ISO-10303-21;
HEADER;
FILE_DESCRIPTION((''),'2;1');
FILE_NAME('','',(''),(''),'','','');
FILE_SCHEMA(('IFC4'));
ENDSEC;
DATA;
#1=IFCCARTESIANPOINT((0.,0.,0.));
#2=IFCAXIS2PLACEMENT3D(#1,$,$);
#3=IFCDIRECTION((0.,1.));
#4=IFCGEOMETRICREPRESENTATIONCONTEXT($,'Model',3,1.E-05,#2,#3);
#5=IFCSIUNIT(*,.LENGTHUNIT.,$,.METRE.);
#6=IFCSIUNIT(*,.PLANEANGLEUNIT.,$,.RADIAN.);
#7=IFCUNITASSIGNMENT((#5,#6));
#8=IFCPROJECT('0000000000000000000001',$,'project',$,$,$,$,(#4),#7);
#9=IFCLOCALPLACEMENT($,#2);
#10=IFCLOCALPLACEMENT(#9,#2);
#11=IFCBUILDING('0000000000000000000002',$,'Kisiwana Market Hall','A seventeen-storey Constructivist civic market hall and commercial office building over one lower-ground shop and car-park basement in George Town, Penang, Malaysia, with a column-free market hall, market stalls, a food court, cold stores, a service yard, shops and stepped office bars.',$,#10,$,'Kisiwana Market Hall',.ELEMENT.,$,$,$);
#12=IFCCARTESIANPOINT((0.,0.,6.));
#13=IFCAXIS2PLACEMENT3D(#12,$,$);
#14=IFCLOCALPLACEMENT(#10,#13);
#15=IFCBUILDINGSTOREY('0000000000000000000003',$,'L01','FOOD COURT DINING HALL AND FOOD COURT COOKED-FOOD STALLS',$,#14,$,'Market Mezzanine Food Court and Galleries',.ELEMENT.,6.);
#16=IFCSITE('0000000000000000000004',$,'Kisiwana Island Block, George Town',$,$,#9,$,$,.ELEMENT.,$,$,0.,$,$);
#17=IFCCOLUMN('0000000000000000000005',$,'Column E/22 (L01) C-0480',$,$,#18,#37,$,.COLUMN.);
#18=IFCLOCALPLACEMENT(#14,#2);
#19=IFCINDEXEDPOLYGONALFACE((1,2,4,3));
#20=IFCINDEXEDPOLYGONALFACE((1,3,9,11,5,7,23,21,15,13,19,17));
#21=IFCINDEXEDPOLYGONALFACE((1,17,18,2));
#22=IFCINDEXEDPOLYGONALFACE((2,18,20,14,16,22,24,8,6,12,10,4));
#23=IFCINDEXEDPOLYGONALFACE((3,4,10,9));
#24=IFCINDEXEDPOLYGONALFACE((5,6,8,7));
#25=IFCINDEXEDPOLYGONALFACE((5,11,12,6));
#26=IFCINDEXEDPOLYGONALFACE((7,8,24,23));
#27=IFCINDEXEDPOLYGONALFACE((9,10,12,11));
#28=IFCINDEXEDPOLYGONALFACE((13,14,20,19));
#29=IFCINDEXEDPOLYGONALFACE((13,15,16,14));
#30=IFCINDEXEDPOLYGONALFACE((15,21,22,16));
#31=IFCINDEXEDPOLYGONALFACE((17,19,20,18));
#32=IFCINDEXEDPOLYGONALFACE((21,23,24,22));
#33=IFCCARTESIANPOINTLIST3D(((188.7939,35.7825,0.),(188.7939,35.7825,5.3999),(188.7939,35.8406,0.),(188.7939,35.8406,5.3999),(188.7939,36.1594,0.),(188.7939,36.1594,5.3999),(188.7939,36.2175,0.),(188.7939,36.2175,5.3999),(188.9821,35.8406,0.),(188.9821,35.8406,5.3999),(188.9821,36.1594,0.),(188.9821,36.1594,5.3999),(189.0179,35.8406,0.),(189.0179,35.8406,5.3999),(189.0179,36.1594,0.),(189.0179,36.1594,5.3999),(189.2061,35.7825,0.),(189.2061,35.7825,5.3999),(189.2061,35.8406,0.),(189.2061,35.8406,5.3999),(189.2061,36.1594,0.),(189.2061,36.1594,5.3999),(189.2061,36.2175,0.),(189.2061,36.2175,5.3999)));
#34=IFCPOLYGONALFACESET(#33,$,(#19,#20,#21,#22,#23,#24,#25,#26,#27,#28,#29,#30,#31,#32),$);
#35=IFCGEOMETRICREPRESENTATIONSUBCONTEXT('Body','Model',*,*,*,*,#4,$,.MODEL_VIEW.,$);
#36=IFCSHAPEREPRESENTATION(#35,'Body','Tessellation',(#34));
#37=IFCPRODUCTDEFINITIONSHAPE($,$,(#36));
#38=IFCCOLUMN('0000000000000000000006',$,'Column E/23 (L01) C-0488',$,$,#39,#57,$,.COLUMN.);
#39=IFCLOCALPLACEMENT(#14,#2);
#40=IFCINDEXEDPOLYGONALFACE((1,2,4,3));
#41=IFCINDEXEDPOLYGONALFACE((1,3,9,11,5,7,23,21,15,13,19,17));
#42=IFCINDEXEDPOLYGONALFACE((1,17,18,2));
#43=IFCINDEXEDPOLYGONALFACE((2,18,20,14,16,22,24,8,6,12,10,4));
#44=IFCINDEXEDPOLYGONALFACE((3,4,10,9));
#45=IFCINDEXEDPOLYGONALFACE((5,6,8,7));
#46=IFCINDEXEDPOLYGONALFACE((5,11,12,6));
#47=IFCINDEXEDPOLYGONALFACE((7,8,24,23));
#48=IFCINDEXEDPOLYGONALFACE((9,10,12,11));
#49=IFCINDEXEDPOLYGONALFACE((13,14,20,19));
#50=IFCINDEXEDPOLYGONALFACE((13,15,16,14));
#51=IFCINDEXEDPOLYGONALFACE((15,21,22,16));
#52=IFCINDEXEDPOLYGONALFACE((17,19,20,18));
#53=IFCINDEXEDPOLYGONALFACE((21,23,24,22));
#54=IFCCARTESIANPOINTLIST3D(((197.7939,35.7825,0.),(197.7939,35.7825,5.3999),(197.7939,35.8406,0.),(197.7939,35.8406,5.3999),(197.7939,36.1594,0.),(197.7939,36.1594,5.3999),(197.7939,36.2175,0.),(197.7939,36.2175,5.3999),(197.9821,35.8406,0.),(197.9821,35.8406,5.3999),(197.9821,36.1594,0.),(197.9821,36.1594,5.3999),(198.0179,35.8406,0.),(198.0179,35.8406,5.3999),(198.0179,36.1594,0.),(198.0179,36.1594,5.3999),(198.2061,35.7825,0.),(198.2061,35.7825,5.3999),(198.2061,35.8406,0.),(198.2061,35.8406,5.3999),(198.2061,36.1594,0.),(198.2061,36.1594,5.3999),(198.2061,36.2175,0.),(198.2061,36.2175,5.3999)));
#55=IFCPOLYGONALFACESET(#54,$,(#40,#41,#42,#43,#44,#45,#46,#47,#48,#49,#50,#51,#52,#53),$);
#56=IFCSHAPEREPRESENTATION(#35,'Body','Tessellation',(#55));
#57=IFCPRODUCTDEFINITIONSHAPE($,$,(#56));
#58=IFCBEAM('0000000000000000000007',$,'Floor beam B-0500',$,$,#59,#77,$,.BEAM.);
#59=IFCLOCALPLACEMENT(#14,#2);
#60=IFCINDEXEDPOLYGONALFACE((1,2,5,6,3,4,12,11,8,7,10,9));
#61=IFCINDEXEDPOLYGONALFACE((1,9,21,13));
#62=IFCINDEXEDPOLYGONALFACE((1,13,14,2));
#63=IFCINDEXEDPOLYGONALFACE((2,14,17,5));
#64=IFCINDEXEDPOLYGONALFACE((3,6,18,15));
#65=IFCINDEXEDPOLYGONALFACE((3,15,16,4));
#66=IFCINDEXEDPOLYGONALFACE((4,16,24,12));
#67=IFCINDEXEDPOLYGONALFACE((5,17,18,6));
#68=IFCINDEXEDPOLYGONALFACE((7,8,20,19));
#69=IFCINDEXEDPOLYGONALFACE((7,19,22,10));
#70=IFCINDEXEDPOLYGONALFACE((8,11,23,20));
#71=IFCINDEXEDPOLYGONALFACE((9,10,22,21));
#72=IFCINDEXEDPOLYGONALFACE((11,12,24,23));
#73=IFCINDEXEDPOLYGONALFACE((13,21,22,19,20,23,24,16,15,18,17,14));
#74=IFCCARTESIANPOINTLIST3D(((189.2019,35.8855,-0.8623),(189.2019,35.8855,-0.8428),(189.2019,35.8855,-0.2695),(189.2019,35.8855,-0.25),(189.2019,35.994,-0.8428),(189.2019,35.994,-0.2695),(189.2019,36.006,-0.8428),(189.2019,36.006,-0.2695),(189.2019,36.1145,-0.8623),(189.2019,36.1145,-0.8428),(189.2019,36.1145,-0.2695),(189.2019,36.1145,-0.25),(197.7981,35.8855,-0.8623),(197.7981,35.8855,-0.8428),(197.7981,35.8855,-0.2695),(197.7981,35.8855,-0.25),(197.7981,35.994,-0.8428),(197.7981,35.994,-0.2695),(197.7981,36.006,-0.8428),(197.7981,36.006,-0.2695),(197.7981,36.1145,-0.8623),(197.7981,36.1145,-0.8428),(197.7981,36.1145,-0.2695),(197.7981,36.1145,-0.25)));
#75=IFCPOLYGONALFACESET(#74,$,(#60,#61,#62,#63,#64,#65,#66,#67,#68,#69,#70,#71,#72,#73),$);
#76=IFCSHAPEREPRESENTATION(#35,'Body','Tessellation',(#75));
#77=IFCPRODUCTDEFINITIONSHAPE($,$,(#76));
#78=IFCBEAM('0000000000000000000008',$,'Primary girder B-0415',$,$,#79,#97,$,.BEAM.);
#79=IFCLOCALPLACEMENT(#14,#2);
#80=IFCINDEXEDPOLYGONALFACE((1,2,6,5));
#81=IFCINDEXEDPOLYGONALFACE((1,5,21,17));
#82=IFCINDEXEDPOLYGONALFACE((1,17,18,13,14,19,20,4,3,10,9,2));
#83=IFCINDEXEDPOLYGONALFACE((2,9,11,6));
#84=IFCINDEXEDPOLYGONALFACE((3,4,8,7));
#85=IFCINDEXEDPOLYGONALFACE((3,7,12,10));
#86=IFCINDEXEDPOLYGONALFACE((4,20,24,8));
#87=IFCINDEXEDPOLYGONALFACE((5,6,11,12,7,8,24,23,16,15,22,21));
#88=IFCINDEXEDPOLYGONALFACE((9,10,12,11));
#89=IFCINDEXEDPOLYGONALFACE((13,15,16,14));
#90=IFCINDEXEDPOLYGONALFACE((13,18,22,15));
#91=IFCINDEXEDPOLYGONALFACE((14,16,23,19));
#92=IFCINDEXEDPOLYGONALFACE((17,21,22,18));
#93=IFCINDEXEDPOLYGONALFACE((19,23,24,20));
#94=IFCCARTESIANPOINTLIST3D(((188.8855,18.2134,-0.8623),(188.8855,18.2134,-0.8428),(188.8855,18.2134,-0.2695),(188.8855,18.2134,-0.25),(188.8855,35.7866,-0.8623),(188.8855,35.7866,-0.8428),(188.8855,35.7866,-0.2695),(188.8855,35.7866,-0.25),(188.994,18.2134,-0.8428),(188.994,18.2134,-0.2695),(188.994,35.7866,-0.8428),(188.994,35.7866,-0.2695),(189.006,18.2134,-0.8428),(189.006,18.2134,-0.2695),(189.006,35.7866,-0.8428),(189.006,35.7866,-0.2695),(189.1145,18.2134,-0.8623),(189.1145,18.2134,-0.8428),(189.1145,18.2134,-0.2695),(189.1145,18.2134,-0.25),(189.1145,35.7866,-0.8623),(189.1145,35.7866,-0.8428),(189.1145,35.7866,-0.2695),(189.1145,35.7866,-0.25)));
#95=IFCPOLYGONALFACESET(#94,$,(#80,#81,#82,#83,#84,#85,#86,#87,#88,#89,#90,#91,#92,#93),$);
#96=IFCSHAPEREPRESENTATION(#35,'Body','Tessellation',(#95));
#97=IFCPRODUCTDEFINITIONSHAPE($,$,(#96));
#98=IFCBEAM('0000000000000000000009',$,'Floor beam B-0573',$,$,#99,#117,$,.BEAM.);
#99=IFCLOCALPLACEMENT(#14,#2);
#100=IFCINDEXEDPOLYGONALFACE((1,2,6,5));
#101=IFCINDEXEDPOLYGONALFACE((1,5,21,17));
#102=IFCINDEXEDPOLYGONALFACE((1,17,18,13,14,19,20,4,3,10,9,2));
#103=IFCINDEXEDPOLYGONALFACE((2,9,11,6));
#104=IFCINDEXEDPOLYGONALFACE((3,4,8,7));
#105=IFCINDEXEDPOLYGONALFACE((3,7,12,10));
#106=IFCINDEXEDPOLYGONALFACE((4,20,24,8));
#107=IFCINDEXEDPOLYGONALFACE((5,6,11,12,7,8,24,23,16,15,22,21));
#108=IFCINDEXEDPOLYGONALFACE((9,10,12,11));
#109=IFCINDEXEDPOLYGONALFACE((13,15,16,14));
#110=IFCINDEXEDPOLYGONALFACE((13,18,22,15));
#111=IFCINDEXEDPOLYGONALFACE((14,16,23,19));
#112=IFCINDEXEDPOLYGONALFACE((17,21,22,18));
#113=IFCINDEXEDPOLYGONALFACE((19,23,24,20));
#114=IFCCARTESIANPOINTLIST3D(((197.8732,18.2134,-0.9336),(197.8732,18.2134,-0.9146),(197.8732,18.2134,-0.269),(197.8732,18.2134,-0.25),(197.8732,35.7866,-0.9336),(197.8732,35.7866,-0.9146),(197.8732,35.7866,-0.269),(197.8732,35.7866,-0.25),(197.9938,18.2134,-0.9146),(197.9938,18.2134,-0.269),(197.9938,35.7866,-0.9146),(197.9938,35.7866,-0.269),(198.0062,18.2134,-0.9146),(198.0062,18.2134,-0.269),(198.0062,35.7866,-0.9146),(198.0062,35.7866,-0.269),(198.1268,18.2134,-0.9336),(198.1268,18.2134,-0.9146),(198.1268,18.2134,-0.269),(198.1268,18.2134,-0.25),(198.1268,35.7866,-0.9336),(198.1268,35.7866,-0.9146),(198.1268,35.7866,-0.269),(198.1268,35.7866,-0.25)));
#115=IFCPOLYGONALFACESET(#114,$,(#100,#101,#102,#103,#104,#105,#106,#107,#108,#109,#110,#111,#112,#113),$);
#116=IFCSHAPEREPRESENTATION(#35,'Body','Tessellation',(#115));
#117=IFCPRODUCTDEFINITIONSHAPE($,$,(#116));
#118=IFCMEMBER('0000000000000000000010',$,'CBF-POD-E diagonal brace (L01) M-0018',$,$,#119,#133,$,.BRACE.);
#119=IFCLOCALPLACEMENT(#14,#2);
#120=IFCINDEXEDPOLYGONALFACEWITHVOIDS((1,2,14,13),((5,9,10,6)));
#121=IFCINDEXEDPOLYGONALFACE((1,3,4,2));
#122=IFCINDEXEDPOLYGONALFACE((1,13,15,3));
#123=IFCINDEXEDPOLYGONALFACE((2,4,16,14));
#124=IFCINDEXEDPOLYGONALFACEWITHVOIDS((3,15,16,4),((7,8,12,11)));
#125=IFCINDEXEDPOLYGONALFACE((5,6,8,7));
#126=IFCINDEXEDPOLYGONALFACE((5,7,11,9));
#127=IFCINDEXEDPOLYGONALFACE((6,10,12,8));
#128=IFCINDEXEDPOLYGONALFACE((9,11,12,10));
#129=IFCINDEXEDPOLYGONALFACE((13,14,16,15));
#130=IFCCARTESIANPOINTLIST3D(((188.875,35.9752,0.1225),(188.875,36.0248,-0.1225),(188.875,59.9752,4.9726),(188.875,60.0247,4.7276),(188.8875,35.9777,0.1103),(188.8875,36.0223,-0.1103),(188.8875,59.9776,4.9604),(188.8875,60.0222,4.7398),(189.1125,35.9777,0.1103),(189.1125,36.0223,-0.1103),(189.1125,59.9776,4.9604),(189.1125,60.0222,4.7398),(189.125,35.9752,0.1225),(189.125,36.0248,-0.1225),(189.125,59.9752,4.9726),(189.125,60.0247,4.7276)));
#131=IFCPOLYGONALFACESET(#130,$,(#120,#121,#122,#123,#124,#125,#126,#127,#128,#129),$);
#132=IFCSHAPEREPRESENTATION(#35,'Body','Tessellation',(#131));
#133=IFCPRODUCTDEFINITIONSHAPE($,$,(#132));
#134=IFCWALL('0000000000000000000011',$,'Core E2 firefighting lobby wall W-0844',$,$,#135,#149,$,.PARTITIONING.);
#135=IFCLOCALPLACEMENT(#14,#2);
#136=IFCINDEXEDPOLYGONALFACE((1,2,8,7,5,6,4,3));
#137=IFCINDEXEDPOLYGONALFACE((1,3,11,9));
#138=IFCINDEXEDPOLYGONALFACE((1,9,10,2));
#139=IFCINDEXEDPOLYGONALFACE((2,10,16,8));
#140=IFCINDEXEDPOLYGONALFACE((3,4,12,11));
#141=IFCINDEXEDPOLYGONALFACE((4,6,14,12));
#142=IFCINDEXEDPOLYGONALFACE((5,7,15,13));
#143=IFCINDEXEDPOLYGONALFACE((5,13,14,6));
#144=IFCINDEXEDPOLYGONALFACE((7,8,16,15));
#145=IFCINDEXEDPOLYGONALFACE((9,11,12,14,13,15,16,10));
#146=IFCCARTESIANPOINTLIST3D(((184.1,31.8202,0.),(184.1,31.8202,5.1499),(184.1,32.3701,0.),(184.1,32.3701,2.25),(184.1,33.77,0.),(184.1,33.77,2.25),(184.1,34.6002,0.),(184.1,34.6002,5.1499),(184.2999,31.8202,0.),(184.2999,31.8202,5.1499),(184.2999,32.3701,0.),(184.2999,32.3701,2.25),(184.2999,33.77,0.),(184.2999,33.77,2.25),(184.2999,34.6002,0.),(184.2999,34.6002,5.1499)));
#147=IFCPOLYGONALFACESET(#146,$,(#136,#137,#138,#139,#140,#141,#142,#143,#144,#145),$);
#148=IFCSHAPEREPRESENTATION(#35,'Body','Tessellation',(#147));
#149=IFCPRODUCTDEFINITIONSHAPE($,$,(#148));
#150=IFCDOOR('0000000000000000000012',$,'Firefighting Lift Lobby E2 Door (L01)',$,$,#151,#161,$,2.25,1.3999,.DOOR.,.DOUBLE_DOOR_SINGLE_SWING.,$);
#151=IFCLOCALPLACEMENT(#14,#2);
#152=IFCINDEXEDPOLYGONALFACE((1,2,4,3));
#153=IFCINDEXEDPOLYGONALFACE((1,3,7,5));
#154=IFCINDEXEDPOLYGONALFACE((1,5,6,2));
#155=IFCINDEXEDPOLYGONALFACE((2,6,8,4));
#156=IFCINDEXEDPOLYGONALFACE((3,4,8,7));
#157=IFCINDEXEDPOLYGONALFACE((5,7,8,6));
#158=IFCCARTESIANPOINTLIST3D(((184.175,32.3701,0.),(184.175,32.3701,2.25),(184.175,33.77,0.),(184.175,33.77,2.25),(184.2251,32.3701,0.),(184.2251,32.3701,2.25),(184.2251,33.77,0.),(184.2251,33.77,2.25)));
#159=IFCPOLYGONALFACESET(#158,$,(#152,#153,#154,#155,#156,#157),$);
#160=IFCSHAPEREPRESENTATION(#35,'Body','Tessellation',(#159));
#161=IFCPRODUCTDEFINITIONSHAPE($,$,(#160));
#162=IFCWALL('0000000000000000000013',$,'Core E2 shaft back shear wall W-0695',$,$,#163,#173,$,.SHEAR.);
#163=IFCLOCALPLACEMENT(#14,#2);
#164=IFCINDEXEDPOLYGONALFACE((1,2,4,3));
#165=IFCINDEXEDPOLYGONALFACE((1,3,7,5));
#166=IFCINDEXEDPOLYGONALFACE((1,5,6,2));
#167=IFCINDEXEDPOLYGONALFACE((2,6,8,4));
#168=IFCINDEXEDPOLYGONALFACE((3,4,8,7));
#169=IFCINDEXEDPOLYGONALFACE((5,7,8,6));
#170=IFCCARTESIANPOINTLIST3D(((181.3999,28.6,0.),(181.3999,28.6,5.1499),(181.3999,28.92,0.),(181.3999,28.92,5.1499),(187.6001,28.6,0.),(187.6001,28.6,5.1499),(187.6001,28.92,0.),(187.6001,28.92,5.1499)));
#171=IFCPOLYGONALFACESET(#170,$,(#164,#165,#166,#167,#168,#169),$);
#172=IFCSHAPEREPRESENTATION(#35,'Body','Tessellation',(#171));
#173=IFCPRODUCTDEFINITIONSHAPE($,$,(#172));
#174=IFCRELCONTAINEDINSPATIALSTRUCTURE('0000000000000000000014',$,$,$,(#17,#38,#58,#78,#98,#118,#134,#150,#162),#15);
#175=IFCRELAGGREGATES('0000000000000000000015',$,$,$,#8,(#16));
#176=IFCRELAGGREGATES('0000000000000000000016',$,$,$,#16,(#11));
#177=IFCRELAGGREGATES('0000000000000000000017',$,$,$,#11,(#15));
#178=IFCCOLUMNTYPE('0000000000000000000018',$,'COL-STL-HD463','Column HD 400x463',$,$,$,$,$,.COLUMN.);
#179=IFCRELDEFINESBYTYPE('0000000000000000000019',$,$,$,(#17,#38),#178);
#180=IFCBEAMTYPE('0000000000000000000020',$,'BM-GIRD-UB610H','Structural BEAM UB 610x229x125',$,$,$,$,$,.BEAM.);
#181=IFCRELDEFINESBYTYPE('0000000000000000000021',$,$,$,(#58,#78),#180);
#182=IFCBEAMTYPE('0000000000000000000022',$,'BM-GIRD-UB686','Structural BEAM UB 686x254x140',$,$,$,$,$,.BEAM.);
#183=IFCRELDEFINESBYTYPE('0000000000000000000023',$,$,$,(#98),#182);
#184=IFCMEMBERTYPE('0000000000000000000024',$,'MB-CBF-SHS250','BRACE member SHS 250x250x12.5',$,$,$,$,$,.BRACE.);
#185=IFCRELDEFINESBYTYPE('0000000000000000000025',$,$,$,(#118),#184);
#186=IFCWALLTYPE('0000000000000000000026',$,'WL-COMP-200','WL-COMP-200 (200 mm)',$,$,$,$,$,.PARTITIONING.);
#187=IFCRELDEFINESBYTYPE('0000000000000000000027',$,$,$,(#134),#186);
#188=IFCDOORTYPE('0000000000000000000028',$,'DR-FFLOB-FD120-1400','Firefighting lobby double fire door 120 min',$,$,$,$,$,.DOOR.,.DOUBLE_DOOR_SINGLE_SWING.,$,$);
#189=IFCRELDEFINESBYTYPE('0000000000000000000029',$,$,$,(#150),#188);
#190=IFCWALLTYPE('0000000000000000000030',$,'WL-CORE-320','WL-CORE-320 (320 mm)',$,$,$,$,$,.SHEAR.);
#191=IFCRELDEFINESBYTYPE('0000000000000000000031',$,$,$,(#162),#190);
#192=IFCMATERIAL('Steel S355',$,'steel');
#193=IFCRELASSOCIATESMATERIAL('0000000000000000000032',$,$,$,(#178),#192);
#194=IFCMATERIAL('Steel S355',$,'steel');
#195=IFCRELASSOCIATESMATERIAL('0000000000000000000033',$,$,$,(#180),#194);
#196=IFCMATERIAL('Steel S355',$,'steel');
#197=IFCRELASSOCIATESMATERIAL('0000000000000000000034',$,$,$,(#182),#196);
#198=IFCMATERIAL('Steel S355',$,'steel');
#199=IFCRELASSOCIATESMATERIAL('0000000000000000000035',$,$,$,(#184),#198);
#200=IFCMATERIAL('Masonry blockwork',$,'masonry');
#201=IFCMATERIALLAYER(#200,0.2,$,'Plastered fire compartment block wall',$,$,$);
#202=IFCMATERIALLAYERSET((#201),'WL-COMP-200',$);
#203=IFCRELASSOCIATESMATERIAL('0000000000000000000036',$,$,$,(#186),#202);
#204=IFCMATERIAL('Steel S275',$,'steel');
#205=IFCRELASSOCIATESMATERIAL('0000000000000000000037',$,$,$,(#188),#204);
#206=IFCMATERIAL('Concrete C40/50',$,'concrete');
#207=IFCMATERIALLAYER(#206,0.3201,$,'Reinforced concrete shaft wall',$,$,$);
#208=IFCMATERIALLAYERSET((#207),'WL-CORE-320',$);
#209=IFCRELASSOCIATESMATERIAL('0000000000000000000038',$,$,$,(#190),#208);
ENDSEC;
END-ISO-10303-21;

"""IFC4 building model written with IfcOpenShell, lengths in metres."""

from ifc_helpers import new_model, si_unit, direction, frame, frame_2d, origin, origin_2d, place, context, subcontext, project, spatial, rectangle, hollow_rectangle, i_section, extrude, material, layer, layer_set, material_profile, profile_set, type_object, element, fill, save


model = new_model("IFC4")

# Units and contexts
model_context = context("Model", 3, precision=1e-05, world=origin(), true_north=direction((0.0, 1.0)))
body_context = subcontext(model_context, "Body", "Model", "MODEL_VIEW")
ifc_project = project(units=[si_unit("LENGTHUNIT", "METRE"), si_unit("PLANEANGLEUNIT", "RADIAN")], contexts=[model_context])

# Site, building, storey
site_placement = place(None, origin())
site = spatial("IfcSite", under=ifc_project, at=site_placement, Name="Kisiwana Island Block, George Town", CompositionType="ELEMENT", RefElevation=0.0)
building_placement = place(site_placement, origin())
building = spatial("IfcBuilding", under=site, at=building_placement, Name="Kisiwana Market Hall", Description="A seventeen-storey Constructivist civic market hall and commercial office building over one lower-ground shop and car-park basement in George Town, Penang, Malaysia, with a column-free market hall, market stalls, a food court, cold stores, a service yard, shops and stepped office bars.", LongName="Kisiwana Market Hall", CompositionType="ELEMENT")
storey_placement = place(building_placement, frame((0.0, 0.0, 6.0)))
storey = spatial("IfcBuildingStorey", under=building, at=storey_placement, Name="L01", Description="FOOD COURT DINING HALL AND FOOD COURT COOKED-FOOD STALLS", LongName="Market Mezzanine Food Court and Galleries", CompositionType="ELEMENT", Elevation=6.0)

# Columns
ifc_material_1 = material(Name="Steel S355", Category="steel")
ifc_material_profile_1 = material_profile(ifc_material_1, i_section(OverallWidth=0.4121, OverallDepth=0.4351, WebThickness=0.0359, FlangeThickness=0.0581, at=origin_2d()), Name="HD 400x463")
ifc_profile_set_1 = profile_set([ifc_material_profile_1], Name="Steel S355")
column_type = type_object("IfcColumnType", Name="COL-STL-HD463", Description="Column HD 400x463", PredefinedType="COLUMN", material=ifc_profile_set_1)
for number, where, z_axis, x_axis, name in (
    (1, (189.0, 36.0, 0.0), (0.0, 0.0, 1.0), (1.0, 0.0, 0.0), "Column E/22 (L01) C-0480"),
    (2, (198.0, 36.0, 0.0), (0.0, 0.0, 1.0), (1.0, 0.0, 0.0), "Column E/23 (L01) C-0488"),
):
    element("IfcColumn", number, at=place(storey_placement, frame(where, z_axis=z_axis, x_axis=x_axis)), inside=storey, type_object=column_type, Name=name, PredefinedType="COLUMN", context=body_context, shape_type="SweptSolid", body=[
        extrude(i_section(OverallWidth=0.4121, OverallDepth=0.4351, WebThickness=0.0359, FlangeThickness=0.0581, at=origin_2d()), origin(), (0.0, 0.0, 1.0), 5.3999),
    ])

# Beams
ifc_material_2 = material(Name="Steel S355", Category="steel")
ifc_material_profile_2 = material_profile(ifc_material_2, i_section(OverallWidth=0.229, OverallDepth=0.6123, WebThickness=0.012, FlangeThickness=0.0195, at=origin_2d()), Name="UB 610x229x125")
ifc_profile_set_2 = profile_set([ifc_material_profile_2], Name="Steel S355")
beam_type_1 = type_object("IfcBeamType", Name="BM-GIRD-UB610H", Description="Structural BEAM UB 610x229x125", PredefinedType="BEAM", material=ifc_profile_set_2)
beam_1_placement = place(storey_placement, frame((189.2019, 36.0, -0.5562), z_axis=(1.0, 0.0, 0.0), x_axis=(0.0, 1.0, 0.0)))
element("IfcBeam", 3, at=beam_1_placement, inside=storey, type_object=beam_type_1, Name="Floor beam B-0500", PredefinedType="BEAM", context=body_context, shape_type="SweptSolid", body=[
    extrude(i_section(OverallWidth=0.229, OverallDepth=0.6123, WebThickness=0.012, FlangeThickness=0.0195, at=origin_2d()), origin(), (0.0, 0.0, 1.0), 8.5962),
])
beam_2_placement = place(storey_placement, frame((189.0, 18.2134, -0.5562), z_axis=(0.0, 1.0, 0.0), x_axis=(-1.0, 0.0, 0.0)))
element("IfcBeam", 4, at=beam_2_placement, inside=storey, type_object=beam_type_1, Name="Primary girder B-0415", PredefinedType="BEAM", context=body_context, shape_type="SweptSolid", body=[
    extrude(i_section(OverallWidth=0.229, OverallDepth=0.6123, WebThickness=0.012, FlangeThickness=0.0195, at=origin_2d()), origin(), (0.0, 0.0, 1.0), 17.5732),
])
ifc_material_3 = material(Name="Steel S355", Category="steel")
ifc_material_profile_3 = material_profile(ifc_material_3, i_section(OverallWidth=0.2537, OverallDepth=0.6836, WebThickness=0.0125, FlangeThickness=0.019, at=origin_2d()), Name="UB 686x254x140")
ifc_profile_set_3 = profile_set([ifc_material_profile_3], Name="Steel S355")
beam_type_2 = type_object("IfcBeamType", Name="BM-GIRD-UB686", Description="Structural BEAM UB 686x254x140", PredefinedType="BEAM", material=ifc_profile_set_3)
beam_3_placement = place(storey_placement, frame((198.0, 18.2134, -0.5918), z_axis=(0.0, 1.0, 0.0), x_axis=(-1.0, 0.0, 0.0)))
element("IfcBeam", 5, at=beam_3_placement, inside=storey, type_object=beam_type_2, Name="Floor beam B-0573", PredefinedType="BEAM", context=body_context, shape_type="SweptSolid", body=[
    extrude(i_section(OverallWidth=0.2537, OverallDepth=0.6836, WebThickness=0.0125, FlangeThickness=0.019, at=origin_2d()), origin(), (0.0, 0.0, 1.0), 17.5732),
])

# Member
ifc_material_4 = material(Name="Steel S355", Category="steel")
ifc_material_profile_4 = material_profile(ifc_material_4, hollow_rectangle(XDim=0.25, YDim=0.25, WallThickness=0.0125, at=origin_2d()), Name="SHS 250x250x12.5")
ifc_profile_set_4 = profile_set([ifc_material_profile_4], Name="Steel S355")
member_type = type_object("IfcMemberType", Name="MB-CBF-SHS250", Description="BRACE member SHS 250x250x12.5", PredefinedType="BRACE", material=ifc_profile_set_4)
member_placement = place(storey_placement, frame((189.0, 36.0, 0.0), z_axis=(0.0, 0.980185, 0.198083), x_axis=(-1.0, 0.0, 0.0)))
element("IfcMember", 6, at=member_placement, inside=storey, type_object=member_type, Name="CBF-POD-E diagonal brace (L01) M-0018", PredefinedType="BRACE", context=body_context, shape_type="SweptSolid", body=[
    extrude(hollow_rectangle(XDim=0.25, YDim=0.25, WallThickness=0.0125, at=origin_2d()), origin(), (0.0, 0.0, 1.0), 24.4851),
])

# Wall, opening, door
ifc_material_5 = material(Name="Masonry blockwork", Category="masonry")
ifc_layer_1 = layer(ifc_material_5, 0.2, Name="Plastered fire compartment block wall")
ifc_layer_set_1 = layer_set([ifc_layer_1], Name="WL-COMP-200")
wall_type_1 = type_object("IfcWallType", Name="WL-COMP-200", Description="WL-COMP-200 (200 mm)", PredefinedType="PARTITIONING", material=ifc_layer_set_1)
wall_1_placement = place(storey_placement, frame((184.2, 31.8201, 0.0), z_axis=(0.0, 0.0, 1.0), x_axis=(0.0, 1.0, 0.0)))
wall_1 = element("IfcWall", 7, at=wall_1_placement, inside=storey, type_object=wall_type_1, Name="Core E2 firefighting lobby wall W-0844", PredefinedType="PARTITIONING", context=body_context, shape_type="SweptSolid", body=[
    extrude(rectangle(XDim=2.78, YDim=0.2, at=frame_2d((1.3901, 0.0))), origin(), (0.0, 0.0, 1.0), 5.1499),
])
opening_1_placement = place(wall_1_placement, frame((0.55, 0.0, 0.0)))
opening_1 = element("IfcOpeningElement", 8, at=opening_1_placement, cuts=wall_1, PredefinedType="OPENING", context=body_context, shape_type="SweptSolid", body=[
    extrude(rectangle(XDim=1.3999, YDim=2.25, at=frame_2d((0.7, 1.125))), frame((0.0, 0.1118, 0.0), z_axis=(0.0, -1.0, 0.0), x_axis=(1.0, 0.0, 0.0)), (0.0, 0.0, 1.0), 0.2239),
])
ifc_material_6 = material(Name="Steel S275", Category="steel")
door_type_1 = type_object("IfcDoorType", Name="DR-FFLOB-FD120-1400", Description="Firefighting lobby double fire door 120 min", OperationType="DOUBLE_DOOR_SINGLE_SWING", PredefinedType="DOOR", material=ifc_material_6)
door_1_placement = place(opening_1_placement, origin())
door_1 = element("IfcDoor", 9, at=door_1_placement, inside=storey, type_object=door_type_1, Name="Firefighting Lift Lobby E2 Door (L01)", OperationType="DOUBLE_DOOR_SINGLE_SWING", OverallHeight=2.25, OverallWidth=1.3999, PredefinedType="DOOR", context=body_context, shape_type="SweptSolid", body=[
    extrude(rectangle(XDim=1.3999, YDim=2.25, at=frame_2d((0.7, 1.125))), frame((0.0, 0.0249, 0.0), z_axis=(0.0, -1.0, 0.0), x_axis=(1.0, 0.0, 0.0)), (0.0, 0.0, 1.0), 0.05),
])
fill(opening_1, door_1)

# Wall
ifc_material_7 = material(Name="Concrete C40/50", Category="concrete")
ifc_layer_2 = layer(ifc_material_7, 0.3201, Name="Reinforced concrete shaft wall")
ifc_layer_set_2 = layer_set([ifc_layer_2], Name="WL-CORE-320")
wall_type_2 = type_object("IfcWallType", Name="WL-CORE-320", Description="WL-CORE-320 (320 mm)", PredefinedType="SHEAR", material=ifc_layer_set_2)
wall_2_placement = place(storey_placement, frame((181.3999, 28.76, 0.0), z_axis=(0.0, 0.0, 1.0), x_axis=(1.0, 0.0, 0.0)))
element("IfcWall", 10, at=wall_2_placement, inside=storey, type_object=wall_type_2, Name="Core E2 shaft back shear wall W-0695", PredefinedType="SHEAR", context=body_context, shape_type="SweptSolid", body=[
    extrude(rectangle(XDim=6.2002, YDim=0.3201, at=frame_2d((3.1001, 0.0))), origin(), (0.0, 0.0, 1.0), 5.1499),
])

save(model, "model.ifc")
